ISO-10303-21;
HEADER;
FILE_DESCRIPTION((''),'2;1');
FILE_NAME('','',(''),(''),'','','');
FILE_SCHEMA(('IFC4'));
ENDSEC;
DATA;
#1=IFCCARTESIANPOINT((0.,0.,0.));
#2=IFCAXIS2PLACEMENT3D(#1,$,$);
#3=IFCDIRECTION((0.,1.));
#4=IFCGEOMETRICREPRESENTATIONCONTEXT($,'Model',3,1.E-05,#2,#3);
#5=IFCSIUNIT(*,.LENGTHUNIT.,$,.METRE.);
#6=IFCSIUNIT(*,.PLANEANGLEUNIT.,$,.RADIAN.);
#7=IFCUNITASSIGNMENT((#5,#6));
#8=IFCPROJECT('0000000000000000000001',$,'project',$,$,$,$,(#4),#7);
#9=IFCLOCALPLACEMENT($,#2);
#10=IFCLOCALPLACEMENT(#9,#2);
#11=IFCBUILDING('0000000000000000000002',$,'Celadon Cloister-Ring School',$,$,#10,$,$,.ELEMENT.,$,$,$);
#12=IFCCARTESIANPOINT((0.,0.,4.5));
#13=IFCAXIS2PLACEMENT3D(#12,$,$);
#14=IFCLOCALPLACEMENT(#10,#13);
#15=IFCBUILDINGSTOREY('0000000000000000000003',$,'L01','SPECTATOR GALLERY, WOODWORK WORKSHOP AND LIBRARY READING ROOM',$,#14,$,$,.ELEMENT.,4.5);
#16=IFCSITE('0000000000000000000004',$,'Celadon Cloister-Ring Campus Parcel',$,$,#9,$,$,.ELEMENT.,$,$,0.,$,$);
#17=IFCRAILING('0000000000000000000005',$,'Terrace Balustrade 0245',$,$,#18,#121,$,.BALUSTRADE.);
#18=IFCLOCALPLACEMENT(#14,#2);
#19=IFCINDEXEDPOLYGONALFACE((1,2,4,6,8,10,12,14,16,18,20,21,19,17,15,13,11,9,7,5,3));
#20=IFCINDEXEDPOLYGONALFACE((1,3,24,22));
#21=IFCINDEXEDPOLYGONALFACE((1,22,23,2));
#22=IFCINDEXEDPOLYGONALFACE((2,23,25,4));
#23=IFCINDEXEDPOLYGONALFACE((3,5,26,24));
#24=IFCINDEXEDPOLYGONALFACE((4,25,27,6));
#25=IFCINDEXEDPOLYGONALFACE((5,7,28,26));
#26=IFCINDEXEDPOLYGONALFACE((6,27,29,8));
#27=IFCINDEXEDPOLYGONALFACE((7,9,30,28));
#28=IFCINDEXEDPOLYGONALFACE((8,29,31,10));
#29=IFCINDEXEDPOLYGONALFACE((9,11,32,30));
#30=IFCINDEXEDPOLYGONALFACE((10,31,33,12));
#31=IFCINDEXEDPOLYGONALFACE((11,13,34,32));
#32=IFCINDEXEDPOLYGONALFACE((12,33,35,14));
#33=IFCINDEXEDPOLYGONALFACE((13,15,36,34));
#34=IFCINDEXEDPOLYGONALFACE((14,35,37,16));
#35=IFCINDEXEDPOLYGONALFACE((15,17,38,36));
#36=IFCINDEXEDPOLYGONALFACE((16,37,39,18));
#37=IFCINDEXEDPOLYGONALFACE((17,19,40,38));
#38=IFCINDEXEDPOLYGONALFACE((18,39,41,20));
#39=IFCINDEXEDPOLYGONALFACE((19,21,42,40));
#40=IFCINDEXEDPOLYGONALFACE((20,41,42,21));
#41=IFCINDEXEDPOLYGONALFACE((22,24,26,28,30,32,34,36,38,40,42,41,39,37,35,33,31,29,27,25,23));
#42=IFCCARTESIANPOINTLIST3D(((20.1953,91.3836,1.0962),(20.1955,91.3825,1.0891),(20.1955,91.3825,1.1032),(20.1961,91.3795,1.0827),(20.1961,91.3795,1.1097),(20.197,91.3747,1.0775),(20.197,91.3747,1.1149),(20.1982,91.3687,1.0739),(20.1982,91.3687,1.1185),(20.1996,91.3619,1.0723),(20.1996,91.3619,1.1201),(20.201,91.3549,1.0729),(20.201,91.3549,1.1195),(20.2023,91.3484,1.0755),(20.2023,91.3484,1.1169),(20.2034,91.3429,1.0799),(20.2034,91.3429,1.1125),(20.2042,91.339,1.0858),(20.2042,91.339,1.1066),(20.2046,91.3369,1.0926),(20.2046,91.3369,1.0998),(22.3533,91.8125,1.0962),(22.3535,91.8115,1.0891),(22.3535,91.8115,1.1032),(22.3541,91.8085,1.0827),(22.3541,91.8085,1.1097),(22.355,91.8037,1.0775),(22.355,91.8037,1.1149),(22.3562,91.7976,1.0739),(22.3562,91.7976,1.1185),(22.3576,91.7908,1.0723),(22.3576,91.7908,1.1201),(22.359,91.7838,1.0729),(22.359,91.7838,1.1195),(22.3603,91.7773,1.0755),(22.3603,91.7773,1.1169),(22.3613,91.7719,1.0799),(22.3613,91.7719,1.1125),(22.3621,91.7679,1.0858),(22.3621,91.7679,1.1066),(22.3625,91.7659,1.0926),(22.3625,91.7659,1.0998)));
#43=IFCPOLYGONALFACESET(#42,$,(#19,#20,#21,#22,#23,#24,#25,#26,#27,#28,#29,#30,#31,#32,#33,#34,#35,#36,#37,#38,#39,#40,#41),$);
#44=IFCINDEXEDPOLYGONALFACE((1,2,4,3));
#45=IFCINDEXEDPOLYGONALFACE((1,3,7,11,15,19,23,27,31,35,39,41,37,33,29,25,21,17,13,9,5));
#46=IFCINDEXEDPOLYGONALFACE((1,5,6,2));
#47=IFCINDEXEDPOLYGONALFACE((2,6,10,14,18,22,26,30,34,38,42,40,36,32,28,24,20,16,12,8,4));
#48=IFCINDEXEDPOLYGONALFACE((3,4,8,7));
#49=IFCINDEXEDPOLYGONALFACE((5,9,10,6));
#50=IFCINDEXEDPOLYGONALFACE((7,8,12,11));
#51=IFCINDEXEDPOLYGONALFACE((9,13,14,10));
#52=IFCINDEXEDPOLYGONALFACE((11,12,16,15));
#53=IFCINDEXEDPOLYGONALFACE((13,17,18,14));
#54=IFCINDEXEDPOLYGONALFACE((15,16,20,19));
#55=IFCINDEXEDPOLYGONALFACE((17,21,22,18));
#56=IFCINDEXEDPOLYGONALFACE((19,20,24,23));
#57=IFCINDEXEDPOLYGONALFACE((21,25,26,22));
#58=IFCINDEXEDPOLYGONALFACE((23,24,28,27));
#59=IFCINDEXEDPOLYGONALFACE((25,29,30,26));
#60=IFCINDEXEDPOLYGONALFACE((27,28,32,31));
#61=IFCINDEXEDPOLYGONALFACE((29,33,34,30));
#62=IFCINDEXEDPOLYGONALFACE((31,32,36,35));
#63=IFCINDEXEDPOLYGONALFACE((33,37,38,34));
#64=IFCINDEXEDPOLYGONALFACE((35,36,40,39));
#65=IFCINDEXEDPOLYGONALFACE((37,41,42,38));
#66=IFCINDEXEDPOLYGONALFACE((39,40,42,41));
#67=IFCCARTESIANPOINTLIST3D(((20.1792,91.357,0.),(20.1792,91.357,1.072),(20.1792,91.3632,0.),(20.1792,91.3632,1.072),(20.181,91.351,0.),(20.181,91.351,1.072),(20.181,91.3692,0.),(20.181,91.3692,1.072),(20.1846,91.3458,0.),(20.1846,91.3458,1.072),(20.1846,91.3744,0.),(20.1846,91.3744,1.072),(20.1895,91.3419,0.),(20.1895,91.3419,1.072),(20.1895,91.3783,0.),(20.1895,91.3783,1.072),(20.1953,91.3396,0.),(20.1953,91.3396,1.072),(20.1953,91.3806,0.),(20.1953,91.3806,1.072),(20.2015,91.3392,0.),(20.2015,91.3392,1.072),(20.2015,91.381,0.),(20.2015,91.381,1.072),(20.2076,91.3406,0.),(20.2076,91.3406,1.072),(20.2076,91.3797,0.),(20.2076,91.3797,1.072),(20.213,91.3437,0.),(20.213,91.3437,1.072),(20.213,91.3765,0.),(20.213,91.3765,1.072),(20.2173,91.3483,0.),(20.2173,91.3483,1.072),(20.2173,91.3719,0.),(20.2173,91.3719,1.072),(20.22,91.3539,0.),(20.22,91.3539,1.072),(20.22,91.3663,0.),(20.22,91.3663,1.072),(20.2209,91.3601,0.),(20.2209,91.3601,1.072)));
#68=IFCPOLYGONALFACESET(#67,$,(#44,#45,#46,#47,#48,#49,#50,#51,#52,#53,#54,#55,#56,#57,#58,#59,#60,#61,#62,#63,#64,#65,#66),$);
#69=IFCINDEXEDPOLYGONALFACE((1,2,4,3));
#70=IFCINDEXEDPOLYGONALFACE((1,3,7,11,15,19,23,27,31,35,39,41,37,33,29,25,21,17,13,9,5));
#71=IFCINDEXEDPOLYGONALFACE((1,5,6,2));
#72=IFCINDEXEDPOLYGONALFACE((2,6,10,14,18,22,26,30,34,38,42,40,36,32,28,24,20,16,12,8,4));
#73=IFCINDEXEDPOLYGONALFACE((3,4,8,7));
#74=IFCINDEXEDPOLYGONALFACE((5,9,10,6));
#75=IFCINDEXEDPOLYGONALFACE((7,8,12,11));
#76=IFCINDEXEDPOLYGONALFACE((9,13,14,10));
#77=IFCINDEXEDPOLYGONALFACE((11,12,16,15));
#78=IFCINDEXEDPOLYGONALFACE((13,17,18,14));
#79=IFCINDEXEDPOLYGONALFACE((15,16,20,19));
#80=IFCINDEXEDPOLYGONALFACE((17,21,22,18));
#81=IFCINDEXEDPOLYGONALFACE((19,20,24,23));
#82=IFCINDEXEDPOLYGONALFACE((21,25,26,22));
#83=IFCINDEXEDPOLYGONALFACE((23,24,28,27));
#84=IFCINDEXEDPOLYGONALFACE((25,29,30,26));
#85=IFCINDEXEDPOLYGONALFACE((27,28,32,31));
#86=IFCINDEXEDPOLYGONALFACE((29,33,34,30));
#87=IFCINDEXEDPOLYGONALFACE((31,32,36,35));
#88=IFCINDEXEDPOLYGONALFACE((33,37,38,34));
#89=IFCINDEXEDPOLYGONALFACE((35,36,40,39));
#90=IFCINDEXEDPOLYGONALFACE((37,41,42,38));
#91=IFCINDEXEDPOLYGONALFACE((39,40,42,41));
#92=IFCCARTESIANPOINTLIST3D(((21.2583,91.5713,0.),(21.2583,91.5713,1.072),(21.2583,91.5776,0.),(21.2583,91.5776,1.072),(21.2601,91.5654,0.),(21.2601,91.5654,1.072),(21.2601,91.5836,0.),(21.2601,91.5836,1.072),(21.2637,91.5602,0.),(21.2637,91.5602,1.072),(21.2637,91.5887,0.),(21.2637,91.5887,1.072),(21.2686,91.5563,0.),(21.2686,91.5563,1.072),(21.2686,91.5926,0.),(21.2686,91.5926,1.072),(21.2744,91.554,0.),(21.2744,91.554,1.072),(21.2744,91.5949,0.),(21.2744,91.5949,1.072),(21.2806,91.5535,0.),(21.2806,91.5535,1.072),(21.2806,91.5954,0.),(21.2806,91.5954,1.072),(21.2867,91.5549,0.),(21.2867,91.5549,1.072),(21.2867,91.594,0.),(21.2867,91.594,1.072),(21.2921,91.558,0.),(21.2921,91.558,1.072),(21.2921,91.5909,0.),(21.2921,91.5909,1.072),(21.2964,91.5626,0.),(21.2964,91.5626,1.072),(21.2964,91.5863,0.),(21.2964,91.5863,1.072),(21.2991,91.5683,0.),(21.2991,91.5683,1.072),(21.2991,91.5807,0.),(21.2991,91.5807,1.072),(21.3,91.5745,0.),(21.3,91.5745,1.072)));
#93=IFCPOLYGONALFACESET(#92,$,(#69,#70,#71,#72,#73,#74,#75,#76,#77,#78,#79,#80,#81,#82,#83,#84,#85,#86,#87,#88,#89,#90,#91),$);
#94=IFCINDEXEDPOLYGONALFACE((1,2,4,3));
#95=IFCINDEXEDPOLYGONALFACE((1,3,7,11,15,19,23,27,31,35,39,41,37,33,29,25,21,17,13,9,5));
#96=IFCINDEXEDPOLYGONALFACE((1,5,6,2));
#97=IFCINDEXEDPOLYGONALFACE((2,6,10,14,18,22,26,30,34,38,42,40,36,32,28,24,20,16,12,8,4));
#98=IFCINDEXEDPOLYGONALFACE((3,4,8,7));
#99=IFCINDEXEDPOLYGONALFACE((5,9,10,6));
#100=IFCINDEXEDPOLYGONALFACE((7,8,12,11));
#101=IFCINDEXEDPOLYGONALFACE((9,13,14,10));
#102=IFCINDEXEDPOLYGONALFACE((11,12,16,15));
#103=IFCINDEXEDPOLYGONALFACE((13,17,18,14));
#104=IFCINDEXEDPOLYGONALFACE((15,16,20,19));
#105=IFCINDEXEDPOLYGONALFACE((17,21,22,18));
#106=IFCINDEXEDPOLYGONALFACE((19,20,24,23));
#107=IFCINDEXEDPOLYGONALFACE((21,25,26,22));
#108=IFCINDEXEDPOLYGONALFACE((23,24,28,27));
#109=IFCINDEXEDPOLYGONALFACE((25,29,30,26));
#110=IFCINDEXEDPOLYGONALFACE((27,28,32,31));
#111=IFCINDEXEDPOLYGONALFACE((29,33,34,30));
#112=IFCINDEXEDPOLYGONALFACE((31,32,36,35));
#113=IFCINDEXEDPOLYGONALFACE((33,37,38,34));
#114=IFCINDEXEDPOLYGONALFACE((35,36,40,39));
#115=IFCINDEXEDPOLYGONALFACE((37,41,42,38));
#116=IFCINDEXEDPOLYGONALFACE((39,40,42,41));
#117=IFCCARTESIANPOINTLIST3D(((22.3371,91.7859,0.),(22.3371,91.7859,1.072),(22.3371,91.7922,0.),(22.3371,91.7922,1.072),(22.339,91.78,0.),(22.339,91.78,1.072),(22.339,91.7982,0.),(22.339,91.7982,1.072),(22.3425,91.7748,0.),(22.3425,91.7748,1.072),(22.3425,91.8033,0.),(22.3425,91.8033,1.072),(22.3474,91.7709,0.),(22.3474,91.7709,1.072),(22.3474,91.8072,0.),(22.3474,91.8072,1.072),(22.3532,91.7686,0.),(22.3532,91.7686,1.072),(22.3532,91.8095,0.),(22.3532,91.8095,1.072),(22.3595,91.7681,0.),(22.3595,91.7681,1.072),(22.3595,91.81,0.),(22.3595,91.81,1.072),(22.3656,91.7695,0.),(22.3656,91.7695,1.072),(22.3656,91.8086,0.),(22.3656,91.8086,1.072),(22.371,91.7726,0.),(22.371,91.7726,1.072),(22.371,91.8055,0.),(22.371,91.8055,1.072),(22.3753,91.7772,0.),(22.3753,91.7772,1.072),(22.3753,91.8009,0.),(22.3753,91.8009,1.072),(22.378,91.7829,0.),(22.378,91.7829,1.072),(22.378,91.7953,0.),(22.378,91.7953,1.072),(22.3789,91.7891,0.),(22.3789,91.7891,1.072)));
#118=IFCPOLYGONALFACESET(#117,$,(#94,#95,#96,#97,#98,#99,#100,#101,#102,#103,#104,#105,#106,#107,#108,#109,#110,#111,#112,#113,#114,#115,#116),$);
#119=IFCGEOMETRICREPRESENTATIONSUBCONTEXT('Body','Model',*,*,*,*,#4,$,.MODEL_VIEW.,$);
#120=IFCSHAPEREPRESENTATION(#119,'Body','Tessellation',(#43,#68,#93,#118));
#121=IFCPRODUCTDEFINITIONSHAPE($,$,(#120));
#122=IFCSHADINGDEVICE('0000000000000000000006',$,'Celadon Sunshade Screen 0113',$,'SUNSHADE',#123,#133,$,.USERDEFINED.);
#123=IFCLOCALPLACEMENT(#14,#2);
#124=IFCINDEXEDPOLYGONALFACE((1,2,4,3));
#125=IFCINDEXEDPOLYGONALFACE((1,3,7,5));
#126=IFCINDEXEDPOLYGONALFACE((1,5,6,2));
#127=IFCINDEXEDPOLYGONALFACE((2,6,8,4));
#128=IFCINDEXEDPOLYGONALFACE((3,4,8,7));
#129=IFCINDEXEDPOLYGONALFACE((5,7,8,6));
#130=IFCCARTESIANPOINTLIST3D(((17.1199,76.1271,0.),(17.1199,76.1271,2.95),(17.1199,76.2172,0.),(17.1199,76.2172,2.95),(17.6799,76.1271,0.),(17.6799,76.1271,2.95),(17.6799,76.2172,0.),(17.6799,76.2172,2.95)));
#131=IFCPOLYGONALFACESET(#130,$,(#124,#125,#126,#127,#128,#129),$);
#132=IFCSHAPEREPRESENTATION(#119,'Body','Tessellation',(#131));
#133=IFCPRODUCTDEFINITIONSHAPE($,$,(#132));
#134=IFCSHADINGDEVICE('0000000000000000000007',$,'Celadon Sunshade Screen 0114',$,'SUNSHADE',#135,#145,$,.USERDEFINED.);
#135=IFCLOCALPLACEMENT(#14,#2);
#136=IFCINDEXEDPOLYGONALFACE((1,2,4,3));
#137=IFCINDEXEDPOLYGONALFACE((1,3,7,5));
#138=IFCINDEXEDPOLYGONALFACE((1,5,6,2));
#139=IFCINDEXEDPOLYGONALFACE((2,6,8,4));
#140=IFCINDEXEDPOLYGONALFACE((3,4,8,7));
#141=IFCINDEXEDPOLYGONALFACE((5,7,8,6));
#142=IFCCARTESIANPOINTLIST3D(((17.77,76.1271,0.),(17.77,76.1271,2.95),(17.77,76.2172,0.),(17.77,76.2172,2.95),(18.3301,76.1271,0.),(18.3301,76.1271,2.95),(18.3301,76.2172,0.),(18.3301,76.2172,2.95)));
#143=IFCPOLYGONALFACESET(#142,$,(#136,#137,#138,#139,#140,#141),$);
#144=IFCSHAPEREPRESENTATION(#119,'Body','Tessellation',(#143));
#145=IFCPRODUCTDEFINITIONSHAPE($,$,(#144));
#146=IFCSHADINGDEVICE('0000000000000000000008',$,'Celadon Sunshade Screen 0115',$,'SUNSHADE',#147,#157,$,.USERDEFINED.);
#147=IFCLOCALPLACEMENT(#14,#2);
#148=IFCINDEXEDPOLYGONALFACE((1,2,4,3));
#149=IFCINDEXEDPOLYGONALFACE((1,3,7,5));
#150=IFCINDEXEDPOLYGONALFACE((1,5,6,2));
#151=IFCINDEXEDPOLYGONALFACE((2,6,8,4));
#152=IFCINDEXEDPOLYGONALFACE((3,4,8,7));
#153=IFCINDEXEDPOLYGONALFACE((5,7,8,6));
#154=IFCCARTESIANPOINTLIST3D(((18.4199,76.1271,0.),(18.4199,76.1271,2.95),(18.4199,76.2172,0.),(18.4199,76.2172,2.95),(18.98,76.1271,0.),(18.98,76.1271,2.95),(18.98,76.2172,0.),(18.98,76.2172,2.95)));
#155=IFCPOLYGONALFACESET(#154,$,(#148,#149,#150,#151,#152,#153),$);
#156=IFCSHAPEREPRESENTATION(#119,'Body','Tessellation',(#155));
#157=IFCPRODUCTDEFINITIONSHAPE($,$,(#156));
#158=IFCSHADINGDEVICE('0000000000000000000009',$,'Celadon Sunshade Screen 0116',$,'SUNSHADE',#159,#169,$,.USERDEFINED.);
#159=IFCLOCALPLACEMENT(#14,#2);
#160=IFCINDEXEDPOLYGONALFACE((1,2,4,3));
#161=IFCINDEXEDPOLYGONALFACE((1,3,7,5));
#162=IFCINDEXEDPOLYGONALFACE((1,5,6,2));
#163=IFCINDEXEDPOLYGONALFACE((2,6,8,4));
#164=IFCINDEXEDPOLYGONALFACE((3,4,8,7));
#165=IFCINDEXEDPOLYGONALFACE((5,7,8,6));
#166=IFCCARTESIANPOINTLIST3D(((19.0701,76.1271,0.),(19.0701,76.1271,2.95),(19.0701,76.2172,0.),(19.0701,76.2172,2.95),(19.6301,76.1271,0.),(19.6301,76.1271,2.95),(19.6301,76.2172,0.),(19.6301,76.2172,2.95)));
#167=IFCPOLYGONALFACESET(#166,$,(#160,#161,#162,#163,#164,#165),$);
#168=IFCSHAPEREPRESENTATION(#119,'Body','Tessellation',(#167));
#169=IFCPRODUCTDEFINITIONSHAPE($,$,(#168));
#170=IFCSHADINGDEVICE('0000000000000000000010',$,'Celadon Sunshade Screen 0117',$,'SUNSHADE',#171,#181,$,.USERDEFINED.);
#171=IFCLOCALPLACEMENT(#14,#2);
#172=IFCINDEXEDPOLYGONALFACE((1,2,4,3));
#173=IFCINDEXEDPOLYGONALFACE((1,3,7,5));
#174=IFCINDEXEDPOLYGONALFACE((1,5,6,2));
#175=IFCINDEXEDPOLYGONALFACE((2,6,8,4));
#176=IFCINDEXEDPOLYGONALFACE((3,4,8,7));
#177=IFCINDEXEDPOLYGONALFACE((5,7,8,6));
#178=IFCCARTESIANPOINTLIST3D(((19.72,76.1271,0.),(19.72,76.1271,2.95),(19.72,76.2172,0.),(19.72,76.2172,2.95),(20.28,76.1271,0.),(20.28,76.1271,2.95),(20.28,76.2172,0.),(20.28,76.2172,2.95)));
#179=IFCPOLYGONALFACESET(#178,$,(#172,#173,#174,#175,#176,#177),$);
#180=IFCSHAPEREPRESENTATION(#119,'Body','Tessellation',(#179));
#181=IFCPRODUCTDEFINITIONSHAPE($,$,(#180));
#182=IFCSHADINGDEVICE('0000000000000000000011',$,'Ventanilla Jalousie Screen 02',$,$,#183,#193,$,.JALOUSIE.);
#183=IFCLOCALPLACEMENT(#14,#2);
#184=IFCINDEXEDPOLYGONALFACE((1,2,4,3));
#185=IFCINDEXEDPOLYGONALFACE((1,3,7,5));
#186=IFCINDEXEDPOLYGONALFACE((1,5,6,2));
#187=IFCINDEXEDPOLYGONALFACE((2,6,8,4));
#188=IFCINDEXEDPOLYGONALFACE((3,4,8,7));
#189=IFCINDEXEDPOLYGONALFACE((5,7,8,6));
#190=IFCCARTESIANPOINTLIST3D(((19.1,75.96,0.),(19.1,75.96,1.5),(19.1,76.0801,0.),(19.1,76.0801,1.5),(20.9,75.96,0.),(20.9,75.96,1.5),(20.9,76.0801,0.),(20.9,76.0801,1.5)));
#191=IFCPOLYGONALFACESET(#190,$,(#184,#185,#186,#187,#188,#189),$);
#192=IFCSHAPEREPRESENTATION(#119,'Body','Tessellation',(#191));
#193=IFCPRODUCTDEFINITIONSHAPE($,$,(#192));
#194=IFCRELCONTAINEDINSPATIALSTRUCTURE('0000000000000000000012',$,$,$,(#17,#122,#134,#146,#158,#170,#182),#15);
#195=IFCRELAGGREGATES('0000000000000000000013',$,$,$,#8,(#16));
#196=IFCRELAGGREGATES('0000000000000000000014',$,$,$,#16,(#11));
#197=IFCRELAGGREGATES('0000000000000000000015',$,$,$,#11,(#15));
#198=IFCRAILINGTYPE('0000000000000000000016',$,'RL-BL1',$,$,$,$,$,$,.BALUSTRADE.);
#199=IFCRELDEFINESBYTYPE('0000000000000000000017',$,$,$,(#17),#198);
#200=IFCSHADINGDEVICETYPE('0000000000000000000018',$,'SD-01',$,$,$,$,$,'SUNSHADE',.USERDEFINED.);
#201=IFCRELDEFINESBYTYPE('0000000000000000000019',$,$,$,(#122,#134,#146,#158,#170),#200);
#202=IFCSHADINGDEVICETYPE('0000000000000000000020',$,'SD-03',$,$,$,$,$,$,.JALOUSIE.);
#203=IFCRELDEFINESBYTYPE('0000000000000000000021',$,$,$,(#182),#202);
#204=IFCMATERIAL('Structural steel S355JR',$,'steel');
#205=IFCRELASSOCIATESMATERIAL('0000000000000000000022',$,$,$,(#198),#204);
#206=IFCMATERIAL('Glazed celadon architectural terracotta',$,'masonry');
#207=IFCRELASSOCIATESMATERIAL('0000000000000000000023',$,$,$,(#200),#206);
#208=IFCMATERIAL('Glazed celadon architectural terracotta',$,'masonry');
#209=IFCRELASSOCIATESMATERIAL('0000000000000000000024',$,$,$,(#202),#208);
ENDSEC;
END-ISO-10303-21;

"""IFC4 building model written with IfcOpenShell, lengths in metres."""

from ifc_helpers import new_model, si_unit, direction, frame, origin, origin_2d, place, context, subcontext, project, spatial, rectangle, circle, extrude, material, type_object, element, save


model = new_model("IFC4")

# Units and contexts
model_context = context("Model", 3, precision=1e-05, world=origin(), true_north=direction((0.0, 1.0)))
body_context = subcontext(model_context, "Body", "Model", "MODEL_VIEW")
ifc_project = project(units=[si_unit("LENGTHUNIT", "METRE"), si_unit("PLANEANGLEUNIT", "RADIAN")], contexts=[model_context])

# Site, building, storey
site_placement = place(None, origin())
site = spatial("IfcSite", under=ifc_project, at=site_placement, Name="Celadon Cloister-Ring Campus Parcel", CompositionType="ELEMENT", RefElevation=0.0)
building_placement = place(site_placement, origin())
building = spatial("IfcBuilding", under=site, at=building_placement, Name="Celadon Cloister-Ring School", CompositionType="ELEMENT")
storey_placement = place(building_placement, frame((0.0, 0.0, 4.5)))
storey = spatial("IfcBuildingStorey", under=building, at=storey_placement, Name="L01", Description="SPECTATOR GALLERY, WOODWORK WORKSHOP AND LIBRARY READING ROOM", CompositionType="ELEMENT", Elevation=4.5)

# Railing
ifc_material_1 = material(Name="Structural steel S355JR", Category="steel")
railing_type = type_object("IfcRailingType", Name="RL-BL1", PredefinedType="BALUSTRADE", material=ifc_material_1)
railing_1_placement = place(storey_placement, frame((20.2, 91.3601, 0.0)))
element("IfcRailing", 1, at=railing_1_placement, inside=storey, type_object=railing_type, Name="Terrace Balustrade 0245", PredefinedType="BALUSTRADE", context=body_context, shape_type="SweptSolid", body=[
    extrude(circle(Radius=0.0239, at=origin_2d()), frame((0.0, 0.0, 1.0962), z_axis=(0.98081, 0.194964, 0.0), x_axis=(-0.194964, 0.98081, 0.0)), (0.0, 0.0, 1.0), 2.2002),
    extrude(circle(Radius=0.021, at=origin_2d()), origin(), (0.0, 0.0, 1.0), 1.072),
    extrude(circle(Radius=0.021, at=origin_2d()), frame((1.0791, 0.2144, 0.0)), (0.0, 0.0, 1.0), 1.072),
    extrude(circle(Radius=0.021, at=origin_2d()), frame((2.158, 0.429, 0.0)), (0.0, 0.0, 1.0), 1.072),
])

# Shading devices
ifc_material_2 = material(Name="Glazed celadon architectural terracotta", Category="masonry")
shading_device_type_1 = type_object("IfcShadingDeviceType", Name="SD-01", ElementType="SUNSHADE", PredefinedType="USERDEFINED", material=ifc_material_2)
for number, where, z_axis, x_axis, name in (
    (2, (17.3999, 76.1721, 0.0), (0.0, 0.0, 1.0), (1.0, 0.0, 0.0), "Celadon Sunshade Screen 0113"),
    (3, (18.05, 76.1721, 0.0), (0.0, 0.0, 1.0), (1.0, 0.0, 0.0), "Celadon Sunshade Screen 0114"),
    (4, (18.7, 76.1721, 0.0), (0.0, 0.0, 1.0), (1.0, 0.0, 0.0), "Celadon Sunshade Screen 0115"),
    (5, (19.3501, 76.1721, 0.0), (0.0, 0.0, 1.0), (1.0, 0.0, 0.0), "Celadon Sunshade Screen 0116"),
    (6, (20.0, 76.1721, 0.0), (0.0, 0.0, 1.0), (1.0, 0.0, 0.0), "Celadon Sunshade Screen 0117"),
):
    element("IfcShadingDevice", number, at=place(storey_placement, frame(where, z_axis=z_axis, x_axis=x_axis)), inside=storey, type_object=shading_device_type_1, Name=name, ObjectType="SUNSHADE", PredefinedType="USERDEFINED", context=body_context, shape_type="SweptSolid", body=[
        extrude(rectangle(XDim=0.5601, YDim=0.0901, at=origin_2d()), origin(), (0.0, 0.0, 1.0), 2.95),
    ])
ifc_material_3 = material(Name="Glazed celadon architectural terracotta", Category="masonry")
shading_device_type_2 = type_object("IfcShadingDeviceType", Name="SD-03", PredefinedType="JALOUSIE", material=ifc_material_3)
shading_device_placement = place(storey_placement, frame((20.0, 76.02, 0.0), z_axis=(0.0, 0.0, 1.0), x_axis=(1.0, 0.0, 0.0)))
element("IfcShadingDevice", 7, at=shading_device_placement, inside=storey, type_object=shading_device_type_2, Name="Ventanilla Jalousie Screen 02", PredefinedType="JALOUSIE", context=body_context, shape_type="SweptSolid", body=[
    extrude(rectangle(XDim=1.8, YDim=0.1201, at=origin_2d()), origin(), (0.0, 0.0, 1.0), 1.5),
])

save(model, "model.ifc")
